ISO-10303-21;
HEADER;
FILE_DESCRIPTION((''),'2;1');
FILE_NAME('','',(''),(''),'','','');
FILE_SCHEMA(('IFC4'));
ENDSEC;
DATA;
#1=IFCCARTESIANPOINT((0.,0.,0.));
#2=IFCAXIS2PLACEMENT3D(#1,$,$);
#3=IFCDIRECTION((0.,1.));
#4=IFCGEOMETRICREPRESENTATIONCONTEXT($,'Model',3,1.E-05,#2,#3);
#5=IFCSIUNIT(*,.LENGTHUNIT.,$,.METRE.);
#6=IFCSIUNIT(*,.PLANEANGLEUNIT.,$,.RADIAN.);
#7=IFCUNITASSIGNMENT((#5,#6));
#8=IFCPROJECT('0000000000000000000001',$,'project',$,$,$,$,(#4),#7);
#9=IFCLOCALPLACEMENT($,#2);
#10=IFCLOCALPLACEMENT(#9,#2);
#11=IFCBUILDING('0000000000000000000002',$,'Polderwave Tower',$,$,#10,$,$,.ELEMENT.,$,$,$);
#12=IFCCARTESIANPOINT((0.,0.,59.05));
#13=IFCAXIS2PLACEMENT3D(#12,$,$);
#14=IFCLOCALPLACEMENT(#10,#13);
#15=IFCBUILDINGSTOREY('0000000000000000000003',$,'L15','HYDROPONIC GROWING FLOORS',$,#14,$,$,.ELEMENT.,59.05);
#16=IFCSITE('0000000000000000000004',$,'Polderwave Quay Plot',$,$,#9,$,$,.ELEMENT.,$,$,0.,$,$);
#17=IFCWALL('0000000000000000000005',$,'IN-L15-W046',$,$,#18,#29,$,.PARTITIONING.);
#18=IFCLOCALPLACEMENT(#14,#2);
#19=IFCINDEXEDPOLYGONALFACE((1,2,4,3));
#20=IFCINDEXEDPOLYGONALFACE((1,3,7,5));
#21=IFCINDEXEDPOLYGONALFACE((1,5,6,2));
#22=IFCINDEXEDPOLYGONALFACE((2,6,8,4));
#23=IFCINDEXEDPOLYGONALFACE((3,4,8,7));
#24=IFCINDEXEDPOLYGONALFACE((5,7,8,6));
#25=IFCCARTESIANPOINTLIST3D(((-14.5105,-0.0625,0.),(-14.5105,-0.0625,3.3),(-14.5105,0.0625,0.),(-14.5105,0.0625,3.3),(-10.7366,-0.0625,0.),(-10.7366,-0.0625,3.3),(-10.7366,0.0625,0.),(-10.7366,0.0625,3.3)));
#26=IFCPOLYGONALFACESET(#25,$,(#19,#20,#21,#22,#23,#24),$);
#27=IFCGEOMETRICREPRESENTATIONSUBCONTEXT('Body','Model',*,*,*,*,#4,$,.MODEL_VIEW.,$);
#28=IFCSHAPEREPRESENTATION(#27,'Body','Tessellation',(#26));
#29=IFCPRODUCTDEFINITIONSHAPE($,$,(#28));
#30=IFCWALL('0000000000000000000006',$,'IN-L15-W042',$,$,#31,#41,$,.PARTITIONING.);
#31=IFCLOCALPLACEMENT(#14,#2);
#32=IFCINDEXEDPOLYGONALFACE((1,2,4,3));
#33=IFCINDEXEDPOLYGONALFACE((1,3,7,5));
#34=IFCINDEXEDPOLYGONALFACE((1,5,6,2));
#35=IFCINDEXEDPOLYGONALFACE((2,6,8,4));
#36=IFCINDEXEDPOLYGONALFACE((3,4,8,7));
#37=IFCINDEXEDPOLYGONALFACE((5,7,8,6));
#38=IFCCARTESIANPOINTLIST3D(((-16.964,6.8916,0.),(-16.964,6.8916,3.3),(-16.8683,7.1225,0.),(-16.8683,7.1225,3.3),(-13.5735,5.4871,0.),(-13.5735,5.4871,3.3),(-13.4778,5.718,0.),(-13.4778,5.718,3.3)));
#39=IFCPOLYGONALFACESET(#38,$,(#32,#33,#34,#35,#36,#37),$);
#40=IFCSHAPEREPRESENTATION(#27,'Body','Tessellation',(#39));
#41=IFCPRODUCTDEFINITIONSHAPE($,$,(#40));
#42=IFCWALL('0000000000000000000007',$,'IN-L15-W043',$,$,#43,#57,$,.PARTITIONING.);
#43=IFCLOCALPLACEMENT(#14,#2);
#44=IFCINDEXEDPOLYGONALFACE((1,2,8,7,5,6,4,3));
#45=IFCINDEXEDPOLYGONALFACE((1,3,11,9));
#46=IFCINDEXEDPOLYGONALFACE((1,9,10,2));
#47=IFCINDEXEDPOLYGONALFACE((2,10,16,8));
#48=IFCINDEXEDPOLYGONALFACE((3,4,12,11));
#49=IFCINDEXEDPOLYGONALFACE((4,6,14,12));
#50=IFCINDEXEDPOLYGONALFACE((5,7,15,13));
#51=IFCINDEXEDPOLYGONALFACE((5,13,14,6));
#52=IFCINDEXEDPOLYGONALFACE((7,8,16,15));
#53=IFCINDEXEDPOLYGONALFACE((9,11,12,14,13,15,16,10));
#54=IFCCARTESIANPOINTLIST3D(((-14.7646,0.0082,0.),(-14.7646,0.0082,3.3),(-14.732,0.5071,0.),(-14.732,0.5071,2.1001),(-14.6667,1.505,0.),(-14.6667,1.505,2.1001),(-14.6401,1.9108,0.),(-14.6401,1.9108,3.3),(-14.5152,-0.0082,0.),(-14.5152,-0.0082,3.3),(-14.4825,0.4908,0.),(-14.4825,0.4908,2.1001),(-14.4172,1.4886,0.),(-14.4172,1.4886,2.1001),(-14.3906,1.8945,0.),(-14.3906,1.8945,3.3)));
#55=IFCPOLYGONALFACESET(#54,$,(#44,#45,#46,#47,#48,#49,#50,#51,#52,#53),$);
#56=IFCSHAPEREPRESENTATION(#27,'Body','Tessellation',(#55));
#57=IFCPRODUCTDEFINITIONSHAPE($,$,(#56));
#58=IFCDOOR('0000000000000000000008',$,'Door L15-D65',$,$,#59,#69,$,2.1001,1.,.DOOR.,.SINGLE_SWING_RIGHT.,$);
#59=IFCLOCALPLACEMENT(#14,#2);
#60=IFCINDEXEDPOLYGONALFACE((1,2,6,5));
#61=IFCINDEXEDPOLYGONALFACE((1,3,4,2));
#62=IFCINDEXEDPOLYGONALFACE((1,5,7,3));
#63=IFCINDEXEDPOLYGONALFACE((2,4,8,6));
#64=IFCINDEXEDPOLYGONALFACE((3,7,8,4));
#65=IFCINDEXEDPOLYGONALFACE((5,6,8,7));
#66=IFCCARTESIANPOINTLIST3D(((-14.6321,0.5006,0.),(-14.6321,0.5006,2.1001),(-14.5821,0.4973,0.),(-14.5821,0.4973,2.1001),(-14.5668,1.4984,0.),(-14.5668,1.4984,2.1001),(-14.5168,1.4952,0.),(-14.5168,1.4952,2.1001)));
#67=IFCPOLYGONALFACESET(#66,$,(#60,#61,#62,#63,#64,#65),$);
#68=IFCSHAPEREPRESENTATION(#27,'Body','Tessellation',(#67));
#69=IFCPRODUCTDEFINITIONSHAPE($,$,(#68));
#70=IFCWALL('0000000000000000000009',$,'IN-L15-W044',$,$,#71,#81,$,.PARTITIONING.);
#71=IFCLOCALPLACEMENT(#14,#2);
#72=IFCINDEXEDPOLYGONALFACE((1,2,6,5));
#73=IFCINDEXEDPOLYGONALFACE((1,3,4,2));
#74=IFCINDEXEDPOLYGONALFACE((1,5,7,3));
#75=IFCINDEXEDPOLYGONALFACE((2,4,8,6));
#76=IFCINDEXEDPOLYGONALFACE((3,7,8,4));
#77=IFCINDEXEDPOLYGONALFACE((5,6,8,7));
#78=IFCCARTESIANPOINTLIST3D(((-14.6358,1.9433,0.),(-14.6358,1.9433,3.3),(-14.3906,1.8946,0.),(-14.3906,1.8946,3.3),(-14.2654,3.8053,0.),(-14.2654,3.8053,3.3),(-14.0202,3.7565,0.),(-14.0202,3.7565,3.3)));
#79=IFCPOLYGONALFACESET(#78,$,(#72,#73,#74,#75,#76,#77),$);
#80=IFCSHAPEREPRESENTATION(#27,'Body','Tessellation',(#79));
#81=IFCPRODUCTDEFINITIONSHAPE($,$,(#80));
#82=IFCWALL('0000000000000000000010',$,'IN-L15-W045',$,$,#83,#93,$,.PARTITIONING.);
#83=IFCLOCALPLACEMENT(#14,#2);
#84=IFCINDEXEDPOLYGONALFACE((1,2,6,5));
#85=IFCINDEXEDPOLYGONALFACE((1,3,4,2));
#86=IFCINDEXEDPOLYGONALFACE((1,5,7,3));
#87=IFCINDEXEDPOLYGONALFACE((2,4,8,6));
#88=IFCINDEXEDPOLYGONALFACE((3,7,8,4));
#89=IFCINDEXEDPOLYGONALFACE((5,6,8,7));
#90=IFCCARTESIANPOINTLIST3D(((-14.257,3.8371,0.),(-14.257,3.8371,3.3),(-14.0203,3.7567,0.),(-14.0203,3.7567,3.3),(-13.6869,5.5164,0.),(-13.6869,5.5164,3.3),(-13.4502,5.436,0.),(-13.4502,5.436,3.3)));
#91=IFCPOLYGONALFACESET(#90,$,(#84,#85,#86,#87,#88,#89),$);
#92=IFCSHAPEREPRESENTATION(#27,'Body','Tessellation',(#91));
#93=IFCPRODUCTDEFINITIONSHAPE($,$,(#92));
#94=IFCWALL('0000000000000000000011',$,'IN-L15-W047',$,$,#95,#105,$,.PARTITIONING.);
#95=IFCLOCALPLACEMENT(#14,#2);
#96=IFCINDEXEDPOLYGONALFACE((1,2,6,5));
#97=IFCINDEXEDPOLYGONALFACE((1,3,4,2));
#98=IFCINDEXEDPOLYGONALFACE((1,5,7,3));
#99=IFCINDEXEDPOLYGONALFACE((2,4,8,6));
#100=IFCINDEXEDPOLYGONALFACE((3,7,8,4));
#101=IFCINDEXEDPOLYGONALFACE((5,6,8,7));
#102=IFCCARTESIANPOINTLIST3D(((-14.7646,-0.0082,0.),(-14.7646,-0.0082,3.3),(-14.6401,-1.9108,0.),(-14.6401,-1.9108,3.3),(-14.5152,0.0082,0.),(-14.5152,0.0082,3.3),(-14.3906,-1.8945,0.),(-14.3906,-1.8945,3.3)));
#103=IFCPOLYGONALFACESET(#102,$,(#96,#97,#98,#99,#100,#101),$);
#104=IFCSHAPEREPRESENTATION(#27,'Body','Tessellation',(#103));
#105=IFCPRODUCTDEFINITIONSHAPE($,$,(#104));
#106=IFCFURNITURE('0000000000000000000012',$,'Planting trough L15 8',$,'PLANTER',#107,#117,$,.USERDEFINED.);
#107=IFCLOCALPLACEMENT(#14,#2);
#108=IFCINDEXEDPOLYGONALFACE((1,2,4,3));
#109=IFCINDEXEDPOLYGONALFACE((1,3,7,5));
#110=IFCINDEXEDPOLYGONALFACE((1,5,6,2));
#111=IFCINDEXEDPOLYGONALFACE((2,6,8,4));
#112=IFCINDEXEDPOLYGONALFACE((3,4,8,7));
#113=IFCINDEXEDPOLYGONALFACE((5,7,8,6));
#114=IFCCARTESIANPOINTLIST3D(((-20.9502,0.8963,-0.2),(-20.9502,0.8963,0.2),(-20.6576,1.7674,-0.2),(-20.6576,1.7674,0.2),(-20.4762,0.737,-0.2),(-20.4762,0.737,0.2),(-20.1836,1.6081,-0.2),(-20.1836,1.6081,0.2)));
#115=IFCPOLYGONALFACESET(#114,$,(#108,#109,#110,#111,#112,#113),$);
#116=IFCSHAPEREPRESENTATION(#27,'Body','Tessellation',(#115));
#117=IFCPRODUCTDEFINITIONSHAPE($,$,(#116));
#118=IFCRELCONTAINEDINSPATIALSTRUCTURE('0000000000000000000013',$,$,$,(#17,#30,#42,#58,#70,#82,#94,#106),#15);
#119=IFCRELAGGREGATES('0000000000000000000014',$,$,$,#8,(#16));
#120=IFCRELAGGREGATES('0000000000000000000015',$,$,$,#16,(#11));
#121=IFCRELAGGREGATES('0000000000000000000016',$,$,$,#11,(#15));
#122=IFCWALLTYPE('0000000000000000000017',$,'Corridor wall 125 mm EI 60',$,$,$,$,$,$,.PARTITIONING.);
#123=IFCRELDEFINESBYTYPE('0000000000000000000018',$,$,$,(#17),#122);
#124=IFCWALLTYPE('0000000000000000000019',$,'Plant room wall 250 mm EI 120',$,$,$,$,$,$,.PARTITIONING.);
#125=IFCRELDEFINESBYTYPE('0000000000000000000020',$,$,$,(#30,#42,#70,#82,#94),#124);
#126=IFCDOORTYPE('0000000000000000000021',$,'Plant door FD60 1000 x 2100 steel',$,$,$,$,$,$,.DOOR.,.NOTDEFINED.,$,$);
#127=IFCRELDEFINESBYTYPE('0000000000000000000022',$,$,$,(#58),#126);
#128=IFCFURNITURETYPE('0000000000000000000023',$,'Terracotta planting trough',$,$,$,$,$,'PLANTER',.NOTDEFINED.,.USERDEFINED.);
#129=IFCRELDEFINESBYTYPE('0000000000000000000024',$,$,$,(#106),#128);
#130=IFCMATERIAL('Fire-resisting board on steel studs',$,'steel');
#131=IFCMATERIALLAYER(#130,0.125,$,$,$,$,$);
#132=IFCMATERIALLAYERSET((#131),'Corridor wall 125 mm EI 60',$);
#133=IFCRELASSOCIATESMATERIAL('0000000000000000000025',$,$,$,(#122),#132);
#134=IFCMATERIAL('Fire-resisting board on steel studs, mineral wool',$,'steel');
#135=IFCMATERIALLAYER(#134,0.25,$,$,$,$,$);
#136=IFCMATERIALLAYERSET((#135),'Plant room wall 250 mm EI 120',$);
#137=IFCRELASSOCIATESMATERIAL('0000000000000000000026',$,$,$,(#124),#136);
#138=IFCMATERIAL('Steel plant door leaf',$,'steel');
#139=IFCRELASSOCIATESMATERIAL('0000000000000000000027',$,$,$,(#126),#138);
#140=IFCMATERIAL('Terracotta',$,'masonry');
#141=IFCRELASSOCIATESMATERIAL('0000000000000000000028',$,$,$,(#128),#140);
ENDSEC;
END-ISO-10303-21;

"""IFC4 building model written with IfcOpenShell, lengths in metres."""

from ifc_helpers import new_model, si_unit, direction, frame, frame_2d, origin, origin_2d, place, context, subcontext, project, spatial, rectangle, extrude, material, layer, layer_set, type_object, element, fill, save


model = new_model("IFC4")

# Units and contexts
model_context = context("Model", 3, precision=1e-05, world=origin(), true_north=direction((0.0, 1.0)))
body_context = subcontext(model_context, "Body", "Model", "MODEL_VIEW")
ifc_project = project(units=[si_unit("LENGTHUNIT", "METRE"), si_unit("PLANEANGLEUNIT", "RADIAN")], contexts=[model_context])

# Site, building, storey
site_placement = place(None, origin())
site = spatial("IfcSite", under=ifc_project, at=site_placement, Name="Polderwave Quay Plot", CompositionType="ELEMENT", RefElevation=0.0)
building_placement = place(site_placement, origin())
building = spatial("IfcBuilding", under=site, at=building_placement, Name="Polderwave Tower", CompositionType="ELEMENT")
storey_placement = place(building_placement, frame((0.0, 0.0, 59.05)))
storey = spatial("IfcBuildingStorey", under=building, at=storey_placement, Name="L15", Description="HYDROPONIC GROWING FLOORS", CompositionType="ELEMENT", Elevation=59.05)

# Shared definitions
ifc_material_1 = material(Name="Fire-resisting board on steel studs", Category="steel")
ifc_layer_1 = layer(ifc_material_1, 0.125)
ifc_layer_set_1 = layer_set([ifc_layer_1], Name="Corridor wall 125 mm EI 60")
wall_type_1 = type_object("IfcWallType", Name="Corridor wall 125 mm EI 60", PredefinedType="PARTITIONING", material=ifc_layer_set_1)

# Walls
wall_1_placement = place(storey_placement, frame((-10.7366, 0.0, 0.0), z_axis=(0.0, 0.0, 1.0), x_axis=(-1.0, 0.0, 0.0)))
element("IfcWall", 1, at=wall_1_placement, inside=storey, type_object=wall_type_1, Name="IN-L15-W046", PredefinedType="PARTITIONING", context=body_context, shape_type="SweptSolid", body=[
    extrude(rectangle(XDim=3.7739, YDim=0.125, at=frame_2d((1.887, 0.0))), origin(), (0.0, 0.0, 1.0), 3.3),
])
ifc_material_2 = material(Name="Fire-resisting board on steel studs, mineral wool", Category="steel")
ifc_layer_2 = layer(ifc_material_2, 0.25)
ifc_layer_set_2 = layer_set([ifc_layer_2], Name="Plant room wall 250 mm EI 120")
wall_type_2 = type_object("IfcWallType", Name="Plant room wall 250 mm EI 120", PredefinedType="PARTITIONING", material=ifc_layer_set_2)
wall_2_placement = place(storey_placement, frame((-13.5256, 5.6025, 0.0), z_axis=(0.0, 0.0, 1.0), x_axis=(-0.92387, 0.382706, 0.0)))
element("IfcWall", 2, at=wall_2_placement, inside=storey, type_object=wall_type_2, Name="IN-L15-W042", PredefinedType="PARTITIONING", context=body_context, shape_type="SweptSolid", body=[
    extrude(rectangle(XDim=3.6699, YDim=0.25, at=frame_2d((1.835, 0.0))), origin(), (0.0, 0.0, 1.0), 3.3),
])

# Wall, opening, door
wall_3_placement = place(storey_placement, frame((-14.6399, 0.0, 0.0), z_axis=(0.0, 0.0, 1.0), x_axis=(0.065304, 0.997865, 0.0)))
wall_3 = element("IfcWall", 3, at=wall_3_placement, inside=storey, type_object=wall_type_2, Name="IN-L15-W043", PredefinedType="PARTITIONING", context=body_context, shape_type="SweptSolid", body=[
    extrude(rectangle(XDim=1.9067, YDim=0.25, at=frame_2d((0.9534, 0.0))), origin(), (0.0, 0.0, 1.0), 3.3),
])
opening_1_placement = place(wall_3_placement, frame((0.5, 0.0, 0.0)))
opening_1 = element("IfcOpeningElement", 4, at=opening_1_placement, cuts=wall_3, PredefinedType="OPENING", context=body_context, shape_type="SweptSolid", body=[
    extrude(rectangle(XDim=1.0, YDim=2.1001, at=frame_2d((0.5, 1.05))), frame((0.0, 0.135, 0.0), z_axis=(0.0, -1.0, 0.0), x_axis=(1.0, 0.0, 0.0)), (0.0, 0.0, 1.0), 0.27),
])
ifc_material_3 = material(Name="Steel plant door leaf", Category="steel")
door_type_1 = type_object("IfcDoorType", Name="Plant door FD60 1000 x 2100 steel", OperationType="NOTDEFINED", PredefinedType="DOOR", material=ifc_material_3)
door_1_placement = place(opening_1_placement, origin())
door_1 = element("IfcDoor", 5, at=door_1_placement, inside=storey, type_object=door_type_1, Name="Door L15-D65", OperationType="SINGLE_SWING_RIGHT", OverallHeight=2.1001, OverallWidth=1.0, PredefinedType="DOOR", context=body_context, shape_type="SweptSolid", body=[
    extrude(rectangle(XDim=1.0, YDim=2.1001, at=frame_2d((0.5, 1.05))), frame((0.0, 0.0249, 0.0), z_axis=(0.0, -1.0, 0.0), x_axis=(1.0, 0.0, 0.0)), (0.0, 0.0, 1.0), 0.05),
])
fill(opening_1, door_1)

# Walls
wall_4_placement = place(storey_placement, frame((-14.5132, 1.9189, 0.0), z_axis=(0.0, 0.0, 1.0), x_axis=(0.195077, 0.980788, 0.0)))
element("IfcWall", 6, at=wall_4_placement, inside=storey, type_object=wall_type_2, Name="IN-L15-W044", PredefinedType="PARTITIONING", context=body_context, shape_type="SweptSolid", body=[
    extrude(rectangle(XDim=1.8984, YDim=0.25, at=frame_2d((0.9492, 0.0))), origin(), (0.0, 0.0, 1.0), 3.3),
])
wall_5_placement = place(storey_placement, frame((-14.1387, 3.7969, 0.0), z_axis=(0.0, 0.0, 1.0), x_axis=(0.321468, 0.94692, 0.0)))
element("IfcWall", 7, at=wall_5_placement, inside=storey, type_object=wall_type_2, Name="IN-L15-W045", PredefinedType="PARTITIONING", context=body_context, shape_type="SweptSolid", body=[
    extrude(rectangle(XDim=1.7734, YDim=0.25, at=frame_2d((0.8867, 0.0))), origin(), (0.0, 0.0, 1.0), 3.3),
])
wall_6_placement = place(storey_placement, frame((-14.6399, 0.0, 0.0), z_axis=(0.0, 0.0, 1.0), x_axis=(0.065304, -0.997865, 0.0)))
element("IfcWall", 8, at=wall_6_placement, inside=storey, type_object=wall_type_2, Name="IN-L15-W047", PredefinedType="PARTITIONING", context=body_context, shape_type="SweptSolid", body=[
    extrude(rectangle(XDim=1.9067, YDim=0.25, at=frame_2d((0.9534, 0.0))), origin(), (0.0, 0.0, 1.0), 3.3),
])

# Furniture
ifc_material_4 = material(Name="Terracotta", Category="masonry")
furniture_type = type_object("IfcFurnitureType", Name="Terracotta planting trough", ElementType="PLANTER", AssemblyPlace="NOTDEFINED", PredefinedType="USERDEFINED", material=ifc_material_4)
furniture_placement = place(storey_placement, frame((-20.5669, 1.2522, -0.2), z_axis=(0.0, 0.0, 1.0), x_axis=(-0.318455, -0.947938, 0.0)))
element("IfcFurniture", 9, at=furniture_placement, inside=storey, type_object=furniture_type, Name="Planting trough L15 8", ObjectType="PLANTER", PredefinedType="USERDEFINED", context=body_context, shape_type="SweptSolid", body=[
    extrude(rectangle(XDim=0.9189, YDim=0.5, at=origin_2d()), origin(), (0.0, 0.0, 1.0), 0.3999),
])

save(model, "model.ifc")
